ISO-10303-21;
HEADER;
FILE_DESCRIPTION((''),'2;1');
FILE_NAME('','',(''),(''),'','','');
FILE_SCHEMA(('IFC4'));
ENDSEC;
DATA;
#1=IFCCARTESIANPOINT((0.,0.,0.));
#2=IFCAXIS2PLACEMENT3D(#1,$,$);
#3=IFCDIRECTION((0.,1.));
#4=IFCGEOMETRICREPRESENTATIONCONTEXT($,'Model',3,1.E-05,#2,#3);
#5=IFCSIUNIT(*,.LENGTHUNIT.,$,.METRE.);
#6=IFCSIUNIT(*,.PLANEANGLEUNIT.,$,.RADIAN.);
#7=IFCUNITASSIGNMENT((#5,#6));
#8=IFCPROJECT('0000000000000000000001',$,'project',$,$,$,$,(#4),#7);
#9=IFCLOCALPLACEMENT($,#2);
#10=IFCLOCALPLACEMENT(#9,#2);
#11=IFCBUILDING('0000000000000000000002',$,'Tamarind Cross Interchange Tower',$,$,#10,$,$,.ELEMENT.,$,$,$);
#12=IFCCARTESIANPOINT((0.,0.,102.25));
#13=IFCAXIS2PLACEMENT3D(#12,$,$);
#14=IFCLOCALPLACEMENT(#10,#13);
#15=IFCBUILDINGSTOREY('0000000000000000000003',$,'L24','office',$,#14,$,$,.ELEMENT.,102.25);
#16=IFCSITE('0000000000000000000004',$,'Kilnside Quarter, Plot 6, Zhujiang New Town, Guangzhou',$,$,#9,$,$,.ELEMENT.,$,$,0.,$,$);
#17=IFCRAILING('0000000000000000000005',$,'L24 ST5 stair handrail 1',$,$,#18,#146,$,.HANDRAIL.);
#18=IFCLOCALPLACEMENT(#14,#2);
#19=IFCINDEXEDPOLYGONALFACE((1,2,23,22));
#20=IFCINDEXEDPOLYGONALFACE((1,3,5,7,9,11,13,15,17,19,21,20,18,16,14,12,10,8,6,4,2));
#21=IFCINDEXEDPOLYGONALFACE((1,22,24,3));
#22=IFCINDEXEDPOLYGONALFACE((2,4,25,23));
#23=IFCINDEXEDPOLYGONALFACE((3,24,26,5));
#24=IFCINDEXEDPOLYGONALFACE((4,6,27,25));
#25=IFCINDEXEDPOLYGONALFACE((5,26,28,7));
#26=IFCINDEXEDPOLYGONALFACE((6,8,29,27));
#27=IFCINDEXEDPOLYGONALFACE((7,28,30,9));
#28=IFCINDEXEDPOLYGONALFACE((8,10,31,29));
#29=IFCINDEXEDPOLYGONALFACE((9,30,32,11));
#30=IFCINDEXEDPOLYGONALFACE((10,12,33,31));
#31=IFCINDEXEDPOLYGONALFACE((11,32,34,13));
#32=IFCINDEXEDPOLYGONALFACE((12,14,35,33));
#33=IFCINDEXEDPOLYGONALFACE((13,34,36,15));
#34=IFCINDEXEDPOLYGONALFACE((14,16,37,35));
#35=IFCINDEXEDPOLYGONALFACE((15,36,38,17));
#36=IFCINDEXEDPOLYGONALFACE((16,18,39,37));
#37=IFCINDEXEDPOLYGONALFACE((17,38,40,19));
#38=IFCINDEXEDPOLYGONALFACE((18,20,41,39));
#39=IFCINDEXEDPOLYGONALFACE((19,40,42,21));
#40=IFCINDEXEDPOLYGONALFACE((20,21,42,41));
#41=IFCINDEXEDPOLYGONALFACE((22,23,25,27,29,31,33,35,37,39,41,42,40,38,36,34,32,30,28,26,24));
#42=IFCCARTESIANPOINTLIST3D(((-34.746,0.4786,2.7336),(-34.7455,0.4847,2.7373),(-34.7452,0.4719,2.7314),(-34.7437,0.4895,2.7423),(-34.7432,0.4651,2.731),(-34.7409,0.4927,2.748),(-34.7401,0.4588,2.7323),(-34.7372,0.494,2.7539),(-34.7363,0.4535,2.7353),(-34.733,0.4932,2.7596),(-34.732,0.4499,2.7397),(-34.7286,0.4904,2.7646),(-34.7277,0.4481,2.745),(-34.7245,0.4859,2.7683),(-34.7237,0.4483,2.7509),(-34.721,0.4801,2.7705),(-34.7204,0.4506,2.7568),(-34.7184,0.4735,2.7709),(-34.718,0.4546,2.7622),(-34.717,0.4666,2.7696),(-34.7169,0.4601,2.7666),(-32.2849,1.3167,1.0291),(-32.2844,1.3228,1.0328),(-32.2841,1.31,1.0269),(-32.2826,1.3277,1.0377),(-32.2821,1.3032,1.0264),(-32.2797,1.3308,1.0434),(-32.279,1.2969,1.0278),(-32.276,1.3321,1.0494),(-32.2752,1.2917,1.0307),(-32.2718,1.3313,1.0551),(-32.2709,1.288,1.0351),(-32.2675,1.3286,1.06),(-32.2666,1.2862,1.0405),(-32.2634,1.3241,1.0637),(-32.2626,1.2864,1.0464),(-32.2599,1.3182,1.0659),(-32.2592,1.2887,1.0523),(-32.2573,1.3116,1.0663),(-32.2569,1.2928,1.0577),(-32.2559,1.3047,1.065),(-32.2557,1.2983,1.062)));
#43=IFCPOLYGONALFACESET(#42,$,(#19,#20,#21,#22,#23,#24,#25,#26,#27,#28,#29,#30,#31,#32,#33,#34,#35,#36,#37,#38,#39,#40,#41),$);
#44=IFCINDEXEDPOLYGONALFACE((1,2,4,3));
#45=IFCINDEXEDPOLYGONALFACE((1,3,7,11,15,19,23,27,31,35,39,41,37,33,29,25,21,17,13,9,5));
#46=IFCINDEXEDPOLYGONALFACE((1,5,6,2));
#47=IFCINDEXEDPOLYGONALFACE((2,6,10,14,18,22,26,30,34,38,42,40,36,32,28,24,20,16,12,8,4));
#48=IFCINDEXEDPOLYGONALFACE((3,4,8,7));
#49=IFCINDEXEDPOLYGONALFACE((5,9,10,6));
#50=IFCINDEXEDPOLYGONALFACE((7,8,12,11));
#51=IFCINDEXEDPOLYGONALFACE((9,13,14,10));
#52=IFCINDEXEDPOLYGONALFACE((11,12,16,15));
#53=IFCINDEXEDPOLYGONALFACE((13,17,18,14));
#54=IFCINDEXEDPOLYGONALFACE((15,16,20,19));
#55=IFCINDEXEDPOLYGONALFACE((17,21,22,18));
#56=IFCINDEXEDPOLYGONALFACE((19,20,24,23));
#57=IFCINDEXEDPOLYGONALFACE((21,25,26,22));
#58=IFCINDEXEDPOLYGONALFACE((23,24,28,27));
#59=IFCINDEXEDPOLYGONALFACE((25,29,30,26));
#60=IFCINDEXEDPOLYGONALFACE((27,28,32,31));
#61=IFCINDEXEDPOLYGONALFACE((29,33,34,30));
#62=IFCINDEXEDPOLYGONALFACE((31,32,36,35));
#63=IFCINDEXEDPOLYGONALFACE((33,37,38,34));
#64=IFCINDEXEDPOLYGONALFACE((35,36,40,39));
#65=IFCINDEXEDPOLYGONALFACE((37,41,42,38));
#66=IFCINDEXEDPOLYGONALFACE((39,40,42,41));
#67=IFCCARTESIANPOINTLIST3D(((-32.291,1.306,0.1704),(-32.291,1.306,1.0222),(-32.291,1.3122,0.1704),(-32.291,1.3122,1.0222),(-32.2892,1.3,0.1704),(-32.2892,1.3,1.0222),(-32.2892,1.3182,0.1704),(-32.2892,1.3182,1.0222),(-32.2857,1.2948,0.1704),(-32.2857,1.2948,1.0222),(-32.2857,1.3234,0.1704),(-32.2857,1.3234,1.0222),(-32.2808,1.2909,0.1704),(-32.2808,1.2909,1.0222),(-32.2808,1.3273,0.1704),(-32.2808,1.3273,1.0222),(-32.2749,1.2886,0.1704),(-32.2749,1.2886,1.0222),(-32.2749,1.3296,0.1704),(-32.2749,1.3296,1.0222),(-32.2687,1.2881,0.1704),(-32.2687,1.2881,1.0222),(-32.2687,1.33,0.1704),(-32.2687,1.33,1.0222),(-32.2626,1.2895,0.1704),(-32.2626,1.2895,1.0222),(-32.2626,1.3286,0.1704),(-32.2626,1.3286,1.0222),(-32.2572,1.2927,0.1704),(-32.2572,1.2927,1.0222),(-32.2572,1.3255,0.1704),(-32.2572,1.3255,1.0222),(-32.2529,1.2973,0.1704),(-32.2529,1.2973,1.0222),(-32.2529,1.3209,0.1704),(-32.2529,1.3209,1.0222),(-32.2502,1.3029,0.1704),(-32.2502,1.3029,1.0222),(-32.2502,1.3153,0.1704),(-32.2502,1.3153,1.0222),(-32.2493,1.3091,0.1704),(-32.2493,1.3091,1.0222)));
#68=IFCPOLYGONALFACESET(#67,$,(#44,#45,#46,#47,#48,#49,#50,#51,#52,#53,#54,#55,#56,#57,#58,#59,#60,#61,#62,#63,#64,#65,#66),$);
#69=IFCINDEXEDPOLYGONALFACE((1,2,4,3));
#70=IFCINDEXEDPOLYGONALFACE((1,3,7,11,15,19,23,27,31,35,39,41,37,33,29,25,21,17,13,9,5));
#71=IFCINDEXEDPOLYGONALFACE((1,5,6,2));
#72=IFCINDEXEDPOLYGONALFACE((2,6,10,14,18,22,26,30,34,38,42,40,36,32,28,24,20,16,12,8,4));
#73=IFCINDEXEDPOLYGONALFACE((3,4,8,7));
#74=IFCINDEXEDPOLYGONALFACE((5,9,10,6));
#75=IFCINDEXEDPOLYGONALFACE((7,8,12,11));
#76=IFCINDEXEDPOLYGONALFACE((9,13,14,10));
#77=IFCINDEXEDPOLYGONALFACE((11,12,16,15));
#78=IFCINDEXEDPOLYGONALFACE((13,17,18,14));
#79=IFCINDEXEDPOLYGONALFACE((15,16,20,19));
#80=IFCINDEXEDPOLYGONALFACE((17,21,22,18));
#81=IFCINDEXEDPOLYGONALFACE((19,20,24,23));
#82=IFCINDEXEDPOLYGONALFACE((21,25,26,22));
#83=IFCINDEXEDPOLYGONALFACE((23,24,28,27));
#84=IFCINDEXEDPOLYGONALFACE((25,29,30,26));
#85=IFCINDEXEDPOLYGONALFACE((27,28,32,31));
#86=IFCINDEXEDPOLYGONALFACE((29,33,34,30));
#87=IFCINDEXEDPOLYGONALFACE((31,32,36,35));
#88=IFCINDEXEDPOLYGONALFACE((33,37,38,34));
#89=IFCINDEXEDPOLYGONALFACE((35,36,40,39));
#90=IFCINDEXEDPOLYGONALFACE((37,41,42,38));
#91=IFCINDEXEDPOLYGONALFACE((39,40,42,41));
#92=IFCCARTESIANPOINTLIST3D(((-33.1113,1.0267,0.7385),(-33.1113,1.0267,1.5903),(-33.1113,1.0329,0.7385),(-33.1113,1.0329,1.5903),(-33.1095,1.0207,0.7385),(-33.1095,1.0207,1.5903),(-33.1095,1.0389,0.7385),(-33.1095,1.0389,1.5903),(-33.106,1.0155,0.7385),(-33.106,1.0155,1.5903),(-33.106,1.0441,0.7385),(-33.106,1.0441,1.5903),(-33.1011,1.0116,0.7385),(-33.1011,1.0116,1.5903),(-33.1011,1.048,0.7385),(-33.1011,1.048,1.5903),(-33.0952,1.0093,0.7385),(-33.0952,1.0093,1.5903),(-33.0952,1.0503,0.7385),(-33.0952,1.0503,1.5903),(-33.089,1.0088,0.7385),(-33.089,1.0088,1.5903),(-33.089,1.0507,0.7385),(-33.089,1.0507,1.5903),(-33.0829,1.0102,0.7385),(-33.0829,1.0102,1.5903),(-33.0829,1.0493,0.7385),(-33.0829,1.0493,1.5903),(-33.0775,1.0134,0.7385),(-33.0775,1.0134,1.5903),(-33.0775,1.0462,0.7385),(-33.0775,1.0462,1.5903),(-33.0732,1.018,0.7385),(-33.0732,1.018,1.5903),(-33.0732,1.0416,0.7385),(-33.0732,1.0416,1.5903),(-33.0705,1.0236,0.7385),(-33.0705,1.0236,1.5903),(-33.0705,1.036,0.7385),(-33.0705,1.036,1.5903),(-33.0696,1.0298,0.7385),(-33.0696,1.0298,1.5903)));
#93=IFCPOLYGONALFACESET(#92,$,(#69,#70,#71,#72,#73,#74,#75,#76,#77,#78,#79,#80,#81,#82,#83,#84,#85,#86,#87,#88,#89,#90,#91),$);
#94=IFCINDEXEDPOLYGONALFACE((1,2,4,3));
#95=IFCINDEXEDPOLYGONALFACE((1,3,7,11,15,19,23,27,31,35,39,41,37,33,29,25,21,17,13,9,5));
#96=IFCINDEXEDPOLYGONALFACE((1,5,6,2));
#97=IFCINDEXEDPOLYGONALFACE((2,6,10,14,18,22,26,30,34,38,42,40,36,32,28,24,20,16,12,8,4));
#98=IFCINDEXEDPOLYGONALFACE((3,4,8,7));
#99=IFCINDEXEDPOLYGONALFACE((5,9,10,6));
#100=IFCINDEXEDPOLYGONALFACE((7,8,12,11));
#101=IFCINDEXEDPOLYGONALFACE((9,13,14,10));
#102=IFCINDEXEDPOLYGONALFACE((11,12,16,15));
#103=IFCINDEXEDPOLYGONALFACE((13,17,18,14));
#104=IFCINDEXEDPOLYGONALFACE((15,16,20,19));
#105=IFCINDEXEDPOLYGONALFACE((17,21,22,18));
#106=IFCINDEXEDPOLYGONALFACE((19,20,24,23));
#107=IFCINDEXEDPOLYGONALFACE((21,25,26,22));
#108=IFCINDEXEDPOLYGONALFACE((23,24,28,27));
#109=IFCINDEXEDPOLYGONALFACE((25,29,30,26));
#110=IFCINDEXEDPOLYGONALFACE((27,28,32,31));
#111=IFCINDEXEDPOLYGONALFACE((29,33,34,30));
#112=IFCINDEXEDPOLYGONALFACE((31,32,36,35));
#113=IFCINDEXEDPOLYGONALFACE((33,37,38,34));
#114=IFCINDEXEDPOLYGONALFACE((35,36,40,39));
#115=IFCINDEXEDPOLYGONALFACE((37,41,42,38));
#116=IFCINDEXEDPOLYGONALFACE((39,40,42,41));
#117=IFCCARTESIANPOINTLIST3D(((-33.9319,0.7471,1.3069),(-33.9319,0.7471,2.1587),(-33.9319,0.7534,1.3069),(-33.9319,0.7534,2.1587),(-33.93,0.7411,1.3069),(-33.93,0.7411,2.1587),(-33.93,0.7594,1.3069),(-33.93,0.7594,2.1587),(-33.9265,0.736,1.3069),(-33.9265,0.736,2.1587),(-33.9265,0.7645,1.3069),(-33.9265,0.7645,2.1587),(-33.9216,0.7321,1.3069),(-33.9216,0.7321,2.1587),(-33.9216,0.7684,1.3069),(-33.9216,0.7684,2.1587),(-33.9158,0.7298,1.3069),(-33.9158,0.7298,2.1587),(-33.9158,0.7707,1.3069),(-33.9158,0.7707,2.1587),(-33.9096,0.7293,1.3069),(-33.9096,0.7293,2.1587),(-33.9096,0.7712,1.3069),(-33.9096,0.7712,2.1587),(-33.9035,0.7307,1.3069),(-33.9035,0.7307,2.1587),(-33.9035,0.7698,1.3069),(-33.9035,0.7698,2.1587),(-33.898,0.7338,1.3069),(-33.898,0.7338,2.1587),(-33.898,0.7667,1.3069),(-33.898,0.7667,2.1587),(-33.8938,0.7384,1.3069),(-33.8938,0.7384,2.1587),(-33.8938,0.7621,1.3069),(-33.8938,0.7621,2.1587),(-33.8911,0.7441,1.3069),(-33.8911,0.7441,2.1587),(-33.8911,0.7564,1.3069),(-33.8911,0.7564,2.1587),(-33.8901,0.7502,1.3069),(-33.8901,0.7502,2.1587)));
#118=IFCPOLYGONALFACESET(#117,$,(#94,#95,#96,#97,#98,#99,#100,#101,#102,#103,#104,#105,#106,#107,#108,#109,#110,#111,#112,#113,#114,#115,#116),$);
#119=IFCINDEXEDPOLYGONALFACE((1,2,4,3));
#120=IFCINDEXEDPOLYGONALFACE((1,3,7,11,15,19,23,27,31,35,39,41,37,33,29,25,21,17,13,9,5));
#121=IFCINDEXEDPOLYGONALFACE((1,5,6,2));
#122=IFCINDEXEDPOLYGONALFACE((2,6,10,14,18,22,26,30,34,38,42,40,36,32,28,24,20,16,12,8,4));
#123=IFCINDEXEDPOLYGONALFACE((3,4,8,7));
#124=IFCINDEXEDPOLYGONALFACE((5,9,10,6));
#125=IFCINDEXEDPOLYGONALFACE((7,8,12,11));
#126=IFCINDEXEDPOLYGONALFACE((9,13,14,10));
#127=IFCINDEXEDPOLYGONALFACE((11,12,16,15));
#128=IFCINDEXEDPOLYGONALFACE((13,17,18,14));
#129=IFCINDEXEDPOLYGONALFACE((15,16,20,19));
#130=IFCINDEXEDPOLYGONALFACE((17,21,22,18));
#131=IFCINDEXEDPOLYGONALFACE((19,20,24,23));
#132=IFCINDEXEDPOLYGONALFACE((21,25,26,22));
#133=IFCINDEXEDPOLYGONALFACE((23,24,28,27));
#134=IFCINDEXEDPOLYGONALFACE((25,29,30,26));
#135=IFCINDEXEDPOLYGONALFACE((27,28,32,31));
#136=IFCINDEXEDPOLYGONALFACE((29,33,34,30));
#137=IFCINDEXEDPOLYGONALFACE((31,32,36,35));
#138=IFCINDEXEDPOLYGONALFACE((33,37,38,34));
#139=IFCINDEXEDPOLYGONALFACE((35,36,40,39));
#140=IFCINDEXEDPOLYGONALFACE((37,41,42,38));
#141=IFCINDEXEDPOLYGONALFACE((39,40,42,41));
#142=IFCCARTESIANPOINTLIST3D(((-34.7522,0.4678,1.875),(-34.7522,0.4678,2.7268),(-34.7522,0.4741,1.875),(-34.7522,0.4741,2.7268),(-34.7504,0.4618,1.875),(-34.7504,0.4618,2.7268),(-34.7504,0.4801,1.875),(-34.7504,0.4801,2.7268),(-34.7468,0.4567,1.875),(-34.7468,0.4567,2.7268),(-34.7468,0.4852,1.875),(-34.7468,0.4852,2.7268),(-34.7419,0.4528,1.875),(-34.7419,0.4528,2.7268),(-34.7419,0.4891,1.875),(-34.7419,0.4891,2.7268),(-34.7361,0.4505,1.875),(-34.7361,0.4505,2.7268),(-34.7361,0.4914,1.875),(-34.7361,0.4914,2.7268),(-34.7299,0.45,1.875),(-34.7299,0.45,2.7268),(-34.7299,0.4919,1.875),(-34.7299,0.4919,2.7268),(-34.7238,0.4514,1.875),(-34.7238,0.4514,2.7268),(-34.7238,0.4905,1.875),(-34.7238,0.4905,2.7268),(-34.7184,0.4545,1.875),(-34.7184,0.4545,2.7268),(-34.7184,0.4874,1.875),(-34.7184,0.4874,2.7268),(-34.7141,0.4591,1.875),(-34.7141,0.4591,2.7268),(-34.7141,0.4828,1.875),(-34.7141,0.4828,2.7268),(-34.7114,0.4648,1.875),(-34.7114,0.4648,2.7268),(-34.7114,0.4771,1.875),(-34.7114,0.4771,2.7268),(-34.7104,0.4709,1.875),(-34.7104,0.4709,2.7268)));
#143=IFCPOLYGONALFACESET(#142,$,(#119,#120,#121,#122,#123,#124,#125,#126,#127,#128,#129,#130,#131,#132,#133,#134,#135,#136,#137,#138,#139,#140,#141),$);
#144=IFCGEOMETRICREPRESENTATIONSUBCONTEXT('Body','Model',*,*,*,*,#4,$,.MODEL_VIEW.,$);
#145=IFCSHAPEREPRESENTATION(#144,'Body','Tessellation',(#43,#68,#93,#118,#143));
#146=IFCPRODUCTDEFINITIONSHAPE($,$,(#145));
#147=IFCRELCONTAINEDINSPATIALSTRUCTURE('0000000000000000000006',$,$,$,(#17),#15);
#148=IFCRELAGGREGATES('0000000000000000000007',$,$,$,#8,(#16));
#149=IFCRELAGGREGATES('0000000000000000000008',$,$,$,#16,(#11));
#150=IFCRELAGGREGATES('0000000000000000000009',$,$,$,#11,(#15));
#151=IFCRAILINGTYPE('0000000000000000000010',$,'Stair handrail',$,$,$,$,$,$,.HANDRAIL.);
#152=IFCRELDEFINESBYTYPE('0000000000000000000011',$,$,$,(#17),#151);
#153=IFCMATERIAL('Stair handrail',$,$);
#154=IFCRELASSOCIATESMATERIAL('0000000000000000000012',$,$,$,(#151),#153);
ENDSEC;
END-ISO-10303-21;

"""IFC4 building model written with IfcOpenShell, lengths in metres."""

from ifc_helpers import new_model, si_unit, direction, frame, origin, origin_2d, place, context, subcontext, project, spatial, circle, extrude, material, type_object, element, save


model = new_model("IFC4")

# Units and contexts
model_context = context("Model", 3, precision=1e-05, world=origin(), true_north=direction((0.0, 1.0)))
body_context = subcontext(model_context, "Body", "Model", "MODEL_VIEW")
ifc_project = project(units=[si_unit("LENGTHUNIT", "METRE"), si_unit("PLANEANGLEUNIT", "RADIAN")], contexts=[model_context])

# Site, building, storey
site_placement = place(None, origin())
site = spatial("IfcSite", under=ifc_project, at=site_placement, Name="Kilnside Quarter, Plot 6, Zhujiang New Town, Guangzhou", CompositionType="ELEMENT", RefElevation=0.0)
building_placement = place(site_placement, origin())
building = spatial("IfcBuilding", under=site, at=building_placement, Name="Tamarind Cross Interchange Tower", CompositionType="ELEMENT")
storey_placement = place(building_placement, frame((0.0, 0.0, 102.25)))
storey = spatial("IfcBuildingStorey", under=building, at=storey_placement, Name="L24", Description="office", CompositionType="ELEMENT", Elevation=102.25)

# Railing
ifc_material_1 = material(Name="Stair handrail")
railing_type_1 = type_object("IfcRailingType", Name="Stair handrail", PredefinedType="HANDRAIL", material=ifc_material_1)
railing_1_placement = place(storey_placement, frame((-32.2703, 1.3091, 0.1704)))
element("IfcRailing", 1, at=railing_1_placement, inside=storey, type_object=railing_type_1, Name="L24 ST5 stair handrail 1", PredefinedType="HANDRAIL", context=body_context, shape_type="SweptSolid", body=[
    extrude(circle(Radius=0.0239, at=origin_2d()), frame((0.0, 0.0, 0.876), z_axis=(-0.791646, -0.269589, 0.548286), x_axis=(0.322362, -0.946616, 0.0)), (0.0, 0.0, 1.0), 3.1089),
    extrude(circle(Radius=0.021, at=origin_2d()), origin(), (0.0, 0.0, 1.0), 0.8518),
    extrude(circle(Radius=0.021, at=origin_2d()), frame((-0.8203, -0.2793, 0.5681)), (0.0, 0.0, 1.0), 0.8518),
    extrude(circle(Radius=0.021, at=origin_2d()), frame((-1.6409, -0.5588, 1.1365)), (0.0, 0.0, 1.0), 0.8518),
    extrude(circle(Radius=0.021, at=origin_2d()), frame((-2.4612, -0.8381, 1.7046)), (0.0, 0.0, 1.0), 0.8518),
])

save(model, "model.ifc")
